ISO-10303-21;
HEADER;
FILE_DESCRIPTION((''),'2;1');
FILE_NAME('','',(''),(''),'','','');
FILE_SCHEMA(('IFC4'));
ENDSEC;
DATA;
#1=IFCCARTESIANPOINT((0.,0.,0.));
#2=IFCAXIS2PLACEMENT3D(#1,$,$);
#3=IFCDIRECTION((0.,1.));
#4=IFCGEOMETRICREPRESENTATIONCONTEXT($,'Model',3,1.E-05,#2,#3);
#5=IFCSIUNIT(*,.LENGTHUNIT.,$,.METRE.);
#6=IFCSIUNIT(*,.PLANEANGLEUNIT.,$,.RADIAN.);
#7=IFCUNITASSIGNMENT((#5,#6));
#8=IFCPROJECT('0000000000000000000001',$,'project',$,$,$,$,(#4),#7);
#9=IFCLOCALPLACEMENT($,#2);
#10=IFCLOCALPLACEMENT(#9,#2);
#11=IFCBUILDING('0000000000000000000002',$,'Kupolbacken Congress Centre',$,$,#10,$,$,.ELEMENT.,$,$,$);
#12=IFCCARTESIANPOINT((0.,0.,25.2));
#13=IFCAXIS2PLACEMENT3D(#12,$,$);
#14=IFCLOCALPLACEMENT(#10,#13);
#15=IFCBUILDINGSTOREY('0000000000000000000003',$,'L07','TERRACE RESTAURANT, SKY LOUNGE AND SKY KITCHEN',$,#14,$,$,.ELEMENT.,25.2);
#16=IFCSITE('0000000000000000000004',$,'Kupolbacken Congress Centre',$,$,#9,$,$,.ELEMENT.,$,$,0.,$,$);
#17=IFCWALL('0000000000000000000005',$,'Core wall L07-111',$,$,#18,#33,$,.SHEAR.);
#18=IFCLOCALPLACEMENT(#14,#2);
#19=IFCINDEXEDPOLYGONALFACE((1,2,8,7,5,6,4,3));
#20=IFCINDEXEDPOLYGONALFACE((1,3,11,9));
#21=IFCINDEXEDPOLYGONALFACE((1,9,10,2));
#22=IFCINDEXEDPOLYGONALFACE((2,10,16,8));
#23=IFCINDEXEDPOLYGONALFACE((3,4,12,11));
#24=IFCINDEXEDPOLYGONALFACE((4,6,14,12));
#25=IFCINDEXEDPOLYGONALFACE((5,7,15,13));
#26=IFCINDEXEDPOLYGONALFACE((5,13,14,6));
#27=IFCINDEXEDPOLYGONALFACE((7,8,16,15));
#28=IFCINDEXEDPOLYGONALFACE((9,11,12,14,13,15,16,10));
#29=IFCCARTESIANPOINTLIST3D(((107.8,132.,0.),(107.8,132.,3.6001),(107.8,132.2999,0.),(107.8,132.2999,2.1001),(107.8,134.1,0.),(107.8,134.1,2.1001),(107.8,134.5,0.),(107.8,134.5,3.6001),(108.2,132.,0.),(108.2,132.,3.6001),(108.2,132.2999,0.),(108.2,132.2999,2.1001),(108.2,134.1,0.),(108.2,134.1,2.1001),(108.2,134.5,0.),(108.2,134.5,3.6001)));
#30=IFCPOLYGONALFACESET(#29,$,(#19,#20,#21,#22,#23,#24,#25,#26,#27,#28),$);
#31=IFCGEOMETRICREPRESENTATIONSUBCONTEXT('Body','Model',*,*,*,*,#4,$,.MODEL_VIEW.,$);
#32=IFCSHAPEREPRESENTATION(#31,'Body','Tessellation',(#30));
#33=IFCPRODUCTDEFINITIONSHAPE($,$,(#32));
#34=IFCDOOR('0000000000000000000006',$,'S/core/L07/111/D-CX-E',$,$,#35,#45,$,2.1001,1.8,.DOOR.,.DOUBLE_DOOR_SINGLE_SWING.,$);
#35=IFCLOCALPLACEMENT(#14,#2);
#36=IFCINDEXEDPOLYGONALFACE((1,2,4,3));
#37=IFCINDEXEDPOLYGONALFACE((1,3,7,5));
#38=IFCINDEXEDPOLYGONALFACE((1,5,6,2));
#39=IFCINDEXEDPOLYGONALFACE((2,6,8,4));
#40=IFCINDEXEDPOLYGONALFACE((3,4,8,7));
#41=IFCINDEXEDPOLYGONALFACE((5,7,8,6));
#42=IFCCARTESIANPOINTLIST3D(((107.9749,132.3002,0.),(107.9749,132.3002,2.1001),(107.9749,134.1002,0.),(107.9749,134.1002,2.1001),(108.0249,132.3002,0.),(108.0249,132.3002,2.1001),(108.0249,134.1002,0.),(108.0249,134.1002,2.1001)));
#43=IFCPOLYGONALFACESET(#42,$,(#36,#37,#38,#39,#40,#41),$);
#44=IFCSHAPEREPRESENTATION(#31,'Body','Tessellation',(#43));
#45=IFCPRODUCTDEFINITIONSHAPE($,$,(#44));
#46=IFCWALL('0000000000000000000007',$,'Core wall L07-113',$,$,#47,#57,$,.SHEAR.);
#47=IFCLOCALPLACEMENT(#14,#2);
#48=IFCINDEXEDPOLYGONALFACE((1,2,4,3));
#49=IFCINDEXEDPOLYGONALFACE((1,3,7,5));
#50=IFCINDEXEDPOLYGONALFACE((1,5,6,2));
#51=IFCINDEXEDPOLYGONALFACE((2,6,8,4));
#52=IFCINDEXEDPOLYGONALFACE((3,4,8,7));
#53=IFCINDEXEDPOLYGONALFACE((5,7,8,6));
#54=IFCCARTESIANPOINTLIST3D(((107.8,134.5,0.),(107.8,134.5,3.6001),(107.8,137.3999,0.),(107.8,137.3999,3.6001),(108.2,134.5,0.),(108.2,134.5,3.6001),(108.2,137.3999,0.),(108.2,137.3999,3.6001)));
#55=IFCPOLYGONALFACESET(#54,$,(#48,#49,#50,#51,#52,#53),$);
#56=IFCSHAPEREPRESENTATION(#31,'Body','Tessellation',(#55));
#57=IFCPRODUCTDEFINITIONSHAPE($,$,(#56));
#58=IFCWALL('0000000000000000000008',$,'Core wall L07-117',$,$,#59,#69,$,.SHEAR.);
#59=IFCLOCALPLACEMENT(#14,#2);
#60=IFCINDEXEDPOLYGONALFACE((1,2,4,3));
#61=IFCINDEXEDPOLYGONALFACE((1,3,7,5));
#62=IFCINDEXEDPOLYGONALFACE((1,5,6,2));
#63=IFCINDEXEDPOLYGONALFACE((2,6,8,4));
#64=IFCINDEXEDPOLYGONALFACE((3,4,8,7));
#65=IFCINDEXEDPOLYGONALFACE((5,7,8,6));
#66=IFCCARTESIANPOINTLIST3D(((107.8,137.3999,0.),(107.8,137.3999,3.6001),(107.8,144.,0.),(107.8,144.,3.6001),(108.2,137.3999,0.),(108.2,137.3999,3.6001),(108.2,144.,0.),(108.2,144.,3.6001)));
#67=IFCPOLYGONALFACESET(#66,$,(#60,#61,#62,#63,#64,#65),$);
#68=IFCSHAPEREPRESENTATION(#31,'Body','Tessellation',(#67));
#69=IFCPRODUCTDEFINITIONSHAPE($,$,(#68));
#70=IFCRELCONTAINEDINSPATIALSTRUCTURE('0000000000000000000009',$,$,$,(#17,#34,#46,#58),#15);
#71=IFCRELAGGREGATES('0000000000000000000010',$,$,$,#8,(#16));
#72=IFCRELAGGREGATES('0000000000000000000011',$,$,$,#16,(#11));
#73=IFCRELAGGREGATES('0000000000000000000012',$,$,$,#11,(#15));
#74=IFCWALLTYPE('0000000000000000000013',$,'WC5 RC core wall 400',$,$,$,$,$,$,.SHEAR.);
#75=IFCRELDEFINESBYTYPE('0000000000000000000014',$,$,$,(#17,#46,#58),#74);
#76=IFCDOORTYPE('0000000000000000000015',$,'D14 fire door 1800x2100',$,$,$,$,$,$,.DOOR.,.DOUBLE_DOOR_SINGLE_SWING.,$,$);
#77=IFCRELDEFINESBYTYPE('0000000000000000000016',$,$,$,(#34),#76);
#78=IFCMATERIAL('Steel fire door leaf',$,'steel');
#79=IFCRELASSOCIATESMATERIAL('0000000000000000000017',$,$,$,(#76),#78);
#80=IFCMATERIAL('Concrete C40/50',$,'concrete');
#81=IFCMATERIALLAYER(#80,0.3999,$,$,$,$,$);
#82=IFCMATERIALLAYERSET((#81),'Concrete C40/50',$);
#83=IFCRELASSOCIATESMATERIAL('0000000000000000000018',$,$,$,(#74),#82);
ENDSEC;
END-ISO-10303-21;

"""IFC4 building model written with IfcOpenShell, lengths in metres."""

from ifc_helpers import new_model, si_unit, direction, frame, frame_2d, origin, place, context, subcontext, project, spatial, rectangle, extrude, material, layer, layer_set, type_object, element, fill, save


model = new_model("IFC4")

# Units and contexts
model_context = context("Model", 3, precision=1e-05, world=origin(), true_north=direction((0.0, 1.0)))
body_context = subcontext(model_context, "Body", "Model", "MODEL_VIEW")
ifc_project = project(units=[si_unit("LENGTHUNIT", "METRE"), si_unit("PLANEANGLEUNIT", "RADIAN")], contexts=[model_context])

# Site, building, storey
site_placement = place(None, origin())
site = spatial("IfcSite", under=ifc_project, at=site_placement, Name="Kupolbacken Congress Centre", CompositionType="ELEMENT", RefElevation=0.0)
building_placement = place(site_placement, origin())
building = spatial("IfcBuilding", under=site, at=building_placement, Name="Kupolbacken Congress Centre", CompositionType="ELEMENT")
storey_placement = place(building_placement, frame((0.0, 0.0, 25.2)))
storey = spatial("IfcBuildingStorey", under=building, at=storey_placement, Name="L07", Description="TERRACE RESTAURANT, SKY LOUNGE AND SKY KITCHEN", CompositionType="ELEMENT", Elevation=25.2)

# Shared definitions
ifc_material_1 = material(Name="Steel fire door leaf", Category="steel")
door_type_1 = type_object("IfcDoorType", Name="D14 fire door 1800x2100", OperationType="DOUBLE_DOOR_SINGLE_SWING", PredefinedType="DOOR", material=ifc_material_1)

# Wall, opening, door
ifc_material_2 = material(Name="Concrete C40/50", Category="concrete")
ifc_layer_1 = layer(ifc_material_2, 0.3999)
ifc_layer_set_1 = layer_set([ifc_layer_1], Name="Concrete C40/50")
wall_type_1 = type_object("IfcWallType", Name="WC5 RC core wall 400", PredefinedType="SHEAR", material=ifc_layer_set_1)
wall_1_placement = place(storey_placement, frame((108.0, 132.0, 0.0), z_axis=(0.0, 0.0, 1.0), x_axis=(0.0, 1.0, 0.0)))
wall_1 = element("IfcWall", 1, at=wall_1_placement, inside=storey, type_object=wall_type_1, Name="Core wall L07-111", PredefinedType="SHEAR", context=body_context, shape_type="SweptSolid", body=[
    extrude(rectangle(XDim=2.5, YDim=0.3999, at=frame_2d((1.25, 0.0))), origin(), (0.0, 0.0, 1.0), 3.6001),
])
opening_1_placement = place(wall_1_placement, frame((0.3, 0.0, 0.0)))
opening_1 = element("IfcOpeningElement", 2, at=opening_1_placement, cuts=wall_1, PredefinedType="OPENING", context=body_context, shape_type="SweptSolid", body=[
    extrude(rectangle(XDim=1.8, YDim=2.1001, at=frame_2d((0.8999, 1.05))), frame((0.0, 0.21, 0.0), z_axis=(0.0, -1.0, 0.0), x_axis=(1.0, 0.0, 0.0)), (0.0, 0.0, 1.0), 0.4199),
])
door_1_placement = place(opening_1_placement, frame((1.8, 0.0, 0.0), z_axis=(0.0, 0.0, 1.0), x_axis=(-1.0, 0.0, 0.0)))
door_1 = element("IfcDoor", 3, at=door_1_placement, inside=storey, type_object=door_type_1, Name="S/core/L07/111/D-CX-E", OperationType="DOUBLE_DOOR_SINGLE_SWING", OverallHeight=2.1001, OverallWidth=1.8, PredefinedType="DOOR", context=body_context, shape_type="SweptSolid", body=[
    extrude(rectangle(XDim=1.8, YDim=2.1001, at=frame_2d((0.8999, 1.05))), frame((0.0, 0.0249, 0.0), z_axis=(0.0, -1.0, 0.0), x_axis=(1.0, 0.0, 0.0)), (0.0, 0.0, 1.0), 0.05),
])
fill(opening_1, door_1)

# Walls
wall_2_placement = place(storey_placement, frame((108.0, 134.5, 0.0), z_axis=(0.0, 0.0, 1.0), x_axis=(0.0, 1.0, 0.0)))
element("IfcWall", 4, at=wall_2_placement, inside=storey, type_object=wall_type_1, Name="Core wall L07-113", PredefinedType="SHEAR", context=body_context, shape_type="SweptSolid", body=[
    extrude(rectangle(XDim=2.8999, YDim=0.3999, at=frame_2d((1.45, 0.0))), origin(), (0.0, 0.0, 1.0), 3.6001),
])
wall_3_placement = place(storey_placement, frame((108.0, 137.3999, 0.0), z_axis=(0.0, 0.0, 1.0), x_axis=(0.0, 1.0, 0.0)))
element("IfcWall", 5, at=wall_3_placement, inside=storey, type_object=wall_type_1, Name="Core wall L07-117", PredefinedType="SHEAR", context=body_context, shape_type="SweptSolid", body=[
    extrude(rectangle(XDim=6.6001, YDim=0.3999, at=frame_2d((3.3, 0.0))), origin(), (0.0, 0.0, 1.0), 3.6001),
])

save(model, "model.ifc")
